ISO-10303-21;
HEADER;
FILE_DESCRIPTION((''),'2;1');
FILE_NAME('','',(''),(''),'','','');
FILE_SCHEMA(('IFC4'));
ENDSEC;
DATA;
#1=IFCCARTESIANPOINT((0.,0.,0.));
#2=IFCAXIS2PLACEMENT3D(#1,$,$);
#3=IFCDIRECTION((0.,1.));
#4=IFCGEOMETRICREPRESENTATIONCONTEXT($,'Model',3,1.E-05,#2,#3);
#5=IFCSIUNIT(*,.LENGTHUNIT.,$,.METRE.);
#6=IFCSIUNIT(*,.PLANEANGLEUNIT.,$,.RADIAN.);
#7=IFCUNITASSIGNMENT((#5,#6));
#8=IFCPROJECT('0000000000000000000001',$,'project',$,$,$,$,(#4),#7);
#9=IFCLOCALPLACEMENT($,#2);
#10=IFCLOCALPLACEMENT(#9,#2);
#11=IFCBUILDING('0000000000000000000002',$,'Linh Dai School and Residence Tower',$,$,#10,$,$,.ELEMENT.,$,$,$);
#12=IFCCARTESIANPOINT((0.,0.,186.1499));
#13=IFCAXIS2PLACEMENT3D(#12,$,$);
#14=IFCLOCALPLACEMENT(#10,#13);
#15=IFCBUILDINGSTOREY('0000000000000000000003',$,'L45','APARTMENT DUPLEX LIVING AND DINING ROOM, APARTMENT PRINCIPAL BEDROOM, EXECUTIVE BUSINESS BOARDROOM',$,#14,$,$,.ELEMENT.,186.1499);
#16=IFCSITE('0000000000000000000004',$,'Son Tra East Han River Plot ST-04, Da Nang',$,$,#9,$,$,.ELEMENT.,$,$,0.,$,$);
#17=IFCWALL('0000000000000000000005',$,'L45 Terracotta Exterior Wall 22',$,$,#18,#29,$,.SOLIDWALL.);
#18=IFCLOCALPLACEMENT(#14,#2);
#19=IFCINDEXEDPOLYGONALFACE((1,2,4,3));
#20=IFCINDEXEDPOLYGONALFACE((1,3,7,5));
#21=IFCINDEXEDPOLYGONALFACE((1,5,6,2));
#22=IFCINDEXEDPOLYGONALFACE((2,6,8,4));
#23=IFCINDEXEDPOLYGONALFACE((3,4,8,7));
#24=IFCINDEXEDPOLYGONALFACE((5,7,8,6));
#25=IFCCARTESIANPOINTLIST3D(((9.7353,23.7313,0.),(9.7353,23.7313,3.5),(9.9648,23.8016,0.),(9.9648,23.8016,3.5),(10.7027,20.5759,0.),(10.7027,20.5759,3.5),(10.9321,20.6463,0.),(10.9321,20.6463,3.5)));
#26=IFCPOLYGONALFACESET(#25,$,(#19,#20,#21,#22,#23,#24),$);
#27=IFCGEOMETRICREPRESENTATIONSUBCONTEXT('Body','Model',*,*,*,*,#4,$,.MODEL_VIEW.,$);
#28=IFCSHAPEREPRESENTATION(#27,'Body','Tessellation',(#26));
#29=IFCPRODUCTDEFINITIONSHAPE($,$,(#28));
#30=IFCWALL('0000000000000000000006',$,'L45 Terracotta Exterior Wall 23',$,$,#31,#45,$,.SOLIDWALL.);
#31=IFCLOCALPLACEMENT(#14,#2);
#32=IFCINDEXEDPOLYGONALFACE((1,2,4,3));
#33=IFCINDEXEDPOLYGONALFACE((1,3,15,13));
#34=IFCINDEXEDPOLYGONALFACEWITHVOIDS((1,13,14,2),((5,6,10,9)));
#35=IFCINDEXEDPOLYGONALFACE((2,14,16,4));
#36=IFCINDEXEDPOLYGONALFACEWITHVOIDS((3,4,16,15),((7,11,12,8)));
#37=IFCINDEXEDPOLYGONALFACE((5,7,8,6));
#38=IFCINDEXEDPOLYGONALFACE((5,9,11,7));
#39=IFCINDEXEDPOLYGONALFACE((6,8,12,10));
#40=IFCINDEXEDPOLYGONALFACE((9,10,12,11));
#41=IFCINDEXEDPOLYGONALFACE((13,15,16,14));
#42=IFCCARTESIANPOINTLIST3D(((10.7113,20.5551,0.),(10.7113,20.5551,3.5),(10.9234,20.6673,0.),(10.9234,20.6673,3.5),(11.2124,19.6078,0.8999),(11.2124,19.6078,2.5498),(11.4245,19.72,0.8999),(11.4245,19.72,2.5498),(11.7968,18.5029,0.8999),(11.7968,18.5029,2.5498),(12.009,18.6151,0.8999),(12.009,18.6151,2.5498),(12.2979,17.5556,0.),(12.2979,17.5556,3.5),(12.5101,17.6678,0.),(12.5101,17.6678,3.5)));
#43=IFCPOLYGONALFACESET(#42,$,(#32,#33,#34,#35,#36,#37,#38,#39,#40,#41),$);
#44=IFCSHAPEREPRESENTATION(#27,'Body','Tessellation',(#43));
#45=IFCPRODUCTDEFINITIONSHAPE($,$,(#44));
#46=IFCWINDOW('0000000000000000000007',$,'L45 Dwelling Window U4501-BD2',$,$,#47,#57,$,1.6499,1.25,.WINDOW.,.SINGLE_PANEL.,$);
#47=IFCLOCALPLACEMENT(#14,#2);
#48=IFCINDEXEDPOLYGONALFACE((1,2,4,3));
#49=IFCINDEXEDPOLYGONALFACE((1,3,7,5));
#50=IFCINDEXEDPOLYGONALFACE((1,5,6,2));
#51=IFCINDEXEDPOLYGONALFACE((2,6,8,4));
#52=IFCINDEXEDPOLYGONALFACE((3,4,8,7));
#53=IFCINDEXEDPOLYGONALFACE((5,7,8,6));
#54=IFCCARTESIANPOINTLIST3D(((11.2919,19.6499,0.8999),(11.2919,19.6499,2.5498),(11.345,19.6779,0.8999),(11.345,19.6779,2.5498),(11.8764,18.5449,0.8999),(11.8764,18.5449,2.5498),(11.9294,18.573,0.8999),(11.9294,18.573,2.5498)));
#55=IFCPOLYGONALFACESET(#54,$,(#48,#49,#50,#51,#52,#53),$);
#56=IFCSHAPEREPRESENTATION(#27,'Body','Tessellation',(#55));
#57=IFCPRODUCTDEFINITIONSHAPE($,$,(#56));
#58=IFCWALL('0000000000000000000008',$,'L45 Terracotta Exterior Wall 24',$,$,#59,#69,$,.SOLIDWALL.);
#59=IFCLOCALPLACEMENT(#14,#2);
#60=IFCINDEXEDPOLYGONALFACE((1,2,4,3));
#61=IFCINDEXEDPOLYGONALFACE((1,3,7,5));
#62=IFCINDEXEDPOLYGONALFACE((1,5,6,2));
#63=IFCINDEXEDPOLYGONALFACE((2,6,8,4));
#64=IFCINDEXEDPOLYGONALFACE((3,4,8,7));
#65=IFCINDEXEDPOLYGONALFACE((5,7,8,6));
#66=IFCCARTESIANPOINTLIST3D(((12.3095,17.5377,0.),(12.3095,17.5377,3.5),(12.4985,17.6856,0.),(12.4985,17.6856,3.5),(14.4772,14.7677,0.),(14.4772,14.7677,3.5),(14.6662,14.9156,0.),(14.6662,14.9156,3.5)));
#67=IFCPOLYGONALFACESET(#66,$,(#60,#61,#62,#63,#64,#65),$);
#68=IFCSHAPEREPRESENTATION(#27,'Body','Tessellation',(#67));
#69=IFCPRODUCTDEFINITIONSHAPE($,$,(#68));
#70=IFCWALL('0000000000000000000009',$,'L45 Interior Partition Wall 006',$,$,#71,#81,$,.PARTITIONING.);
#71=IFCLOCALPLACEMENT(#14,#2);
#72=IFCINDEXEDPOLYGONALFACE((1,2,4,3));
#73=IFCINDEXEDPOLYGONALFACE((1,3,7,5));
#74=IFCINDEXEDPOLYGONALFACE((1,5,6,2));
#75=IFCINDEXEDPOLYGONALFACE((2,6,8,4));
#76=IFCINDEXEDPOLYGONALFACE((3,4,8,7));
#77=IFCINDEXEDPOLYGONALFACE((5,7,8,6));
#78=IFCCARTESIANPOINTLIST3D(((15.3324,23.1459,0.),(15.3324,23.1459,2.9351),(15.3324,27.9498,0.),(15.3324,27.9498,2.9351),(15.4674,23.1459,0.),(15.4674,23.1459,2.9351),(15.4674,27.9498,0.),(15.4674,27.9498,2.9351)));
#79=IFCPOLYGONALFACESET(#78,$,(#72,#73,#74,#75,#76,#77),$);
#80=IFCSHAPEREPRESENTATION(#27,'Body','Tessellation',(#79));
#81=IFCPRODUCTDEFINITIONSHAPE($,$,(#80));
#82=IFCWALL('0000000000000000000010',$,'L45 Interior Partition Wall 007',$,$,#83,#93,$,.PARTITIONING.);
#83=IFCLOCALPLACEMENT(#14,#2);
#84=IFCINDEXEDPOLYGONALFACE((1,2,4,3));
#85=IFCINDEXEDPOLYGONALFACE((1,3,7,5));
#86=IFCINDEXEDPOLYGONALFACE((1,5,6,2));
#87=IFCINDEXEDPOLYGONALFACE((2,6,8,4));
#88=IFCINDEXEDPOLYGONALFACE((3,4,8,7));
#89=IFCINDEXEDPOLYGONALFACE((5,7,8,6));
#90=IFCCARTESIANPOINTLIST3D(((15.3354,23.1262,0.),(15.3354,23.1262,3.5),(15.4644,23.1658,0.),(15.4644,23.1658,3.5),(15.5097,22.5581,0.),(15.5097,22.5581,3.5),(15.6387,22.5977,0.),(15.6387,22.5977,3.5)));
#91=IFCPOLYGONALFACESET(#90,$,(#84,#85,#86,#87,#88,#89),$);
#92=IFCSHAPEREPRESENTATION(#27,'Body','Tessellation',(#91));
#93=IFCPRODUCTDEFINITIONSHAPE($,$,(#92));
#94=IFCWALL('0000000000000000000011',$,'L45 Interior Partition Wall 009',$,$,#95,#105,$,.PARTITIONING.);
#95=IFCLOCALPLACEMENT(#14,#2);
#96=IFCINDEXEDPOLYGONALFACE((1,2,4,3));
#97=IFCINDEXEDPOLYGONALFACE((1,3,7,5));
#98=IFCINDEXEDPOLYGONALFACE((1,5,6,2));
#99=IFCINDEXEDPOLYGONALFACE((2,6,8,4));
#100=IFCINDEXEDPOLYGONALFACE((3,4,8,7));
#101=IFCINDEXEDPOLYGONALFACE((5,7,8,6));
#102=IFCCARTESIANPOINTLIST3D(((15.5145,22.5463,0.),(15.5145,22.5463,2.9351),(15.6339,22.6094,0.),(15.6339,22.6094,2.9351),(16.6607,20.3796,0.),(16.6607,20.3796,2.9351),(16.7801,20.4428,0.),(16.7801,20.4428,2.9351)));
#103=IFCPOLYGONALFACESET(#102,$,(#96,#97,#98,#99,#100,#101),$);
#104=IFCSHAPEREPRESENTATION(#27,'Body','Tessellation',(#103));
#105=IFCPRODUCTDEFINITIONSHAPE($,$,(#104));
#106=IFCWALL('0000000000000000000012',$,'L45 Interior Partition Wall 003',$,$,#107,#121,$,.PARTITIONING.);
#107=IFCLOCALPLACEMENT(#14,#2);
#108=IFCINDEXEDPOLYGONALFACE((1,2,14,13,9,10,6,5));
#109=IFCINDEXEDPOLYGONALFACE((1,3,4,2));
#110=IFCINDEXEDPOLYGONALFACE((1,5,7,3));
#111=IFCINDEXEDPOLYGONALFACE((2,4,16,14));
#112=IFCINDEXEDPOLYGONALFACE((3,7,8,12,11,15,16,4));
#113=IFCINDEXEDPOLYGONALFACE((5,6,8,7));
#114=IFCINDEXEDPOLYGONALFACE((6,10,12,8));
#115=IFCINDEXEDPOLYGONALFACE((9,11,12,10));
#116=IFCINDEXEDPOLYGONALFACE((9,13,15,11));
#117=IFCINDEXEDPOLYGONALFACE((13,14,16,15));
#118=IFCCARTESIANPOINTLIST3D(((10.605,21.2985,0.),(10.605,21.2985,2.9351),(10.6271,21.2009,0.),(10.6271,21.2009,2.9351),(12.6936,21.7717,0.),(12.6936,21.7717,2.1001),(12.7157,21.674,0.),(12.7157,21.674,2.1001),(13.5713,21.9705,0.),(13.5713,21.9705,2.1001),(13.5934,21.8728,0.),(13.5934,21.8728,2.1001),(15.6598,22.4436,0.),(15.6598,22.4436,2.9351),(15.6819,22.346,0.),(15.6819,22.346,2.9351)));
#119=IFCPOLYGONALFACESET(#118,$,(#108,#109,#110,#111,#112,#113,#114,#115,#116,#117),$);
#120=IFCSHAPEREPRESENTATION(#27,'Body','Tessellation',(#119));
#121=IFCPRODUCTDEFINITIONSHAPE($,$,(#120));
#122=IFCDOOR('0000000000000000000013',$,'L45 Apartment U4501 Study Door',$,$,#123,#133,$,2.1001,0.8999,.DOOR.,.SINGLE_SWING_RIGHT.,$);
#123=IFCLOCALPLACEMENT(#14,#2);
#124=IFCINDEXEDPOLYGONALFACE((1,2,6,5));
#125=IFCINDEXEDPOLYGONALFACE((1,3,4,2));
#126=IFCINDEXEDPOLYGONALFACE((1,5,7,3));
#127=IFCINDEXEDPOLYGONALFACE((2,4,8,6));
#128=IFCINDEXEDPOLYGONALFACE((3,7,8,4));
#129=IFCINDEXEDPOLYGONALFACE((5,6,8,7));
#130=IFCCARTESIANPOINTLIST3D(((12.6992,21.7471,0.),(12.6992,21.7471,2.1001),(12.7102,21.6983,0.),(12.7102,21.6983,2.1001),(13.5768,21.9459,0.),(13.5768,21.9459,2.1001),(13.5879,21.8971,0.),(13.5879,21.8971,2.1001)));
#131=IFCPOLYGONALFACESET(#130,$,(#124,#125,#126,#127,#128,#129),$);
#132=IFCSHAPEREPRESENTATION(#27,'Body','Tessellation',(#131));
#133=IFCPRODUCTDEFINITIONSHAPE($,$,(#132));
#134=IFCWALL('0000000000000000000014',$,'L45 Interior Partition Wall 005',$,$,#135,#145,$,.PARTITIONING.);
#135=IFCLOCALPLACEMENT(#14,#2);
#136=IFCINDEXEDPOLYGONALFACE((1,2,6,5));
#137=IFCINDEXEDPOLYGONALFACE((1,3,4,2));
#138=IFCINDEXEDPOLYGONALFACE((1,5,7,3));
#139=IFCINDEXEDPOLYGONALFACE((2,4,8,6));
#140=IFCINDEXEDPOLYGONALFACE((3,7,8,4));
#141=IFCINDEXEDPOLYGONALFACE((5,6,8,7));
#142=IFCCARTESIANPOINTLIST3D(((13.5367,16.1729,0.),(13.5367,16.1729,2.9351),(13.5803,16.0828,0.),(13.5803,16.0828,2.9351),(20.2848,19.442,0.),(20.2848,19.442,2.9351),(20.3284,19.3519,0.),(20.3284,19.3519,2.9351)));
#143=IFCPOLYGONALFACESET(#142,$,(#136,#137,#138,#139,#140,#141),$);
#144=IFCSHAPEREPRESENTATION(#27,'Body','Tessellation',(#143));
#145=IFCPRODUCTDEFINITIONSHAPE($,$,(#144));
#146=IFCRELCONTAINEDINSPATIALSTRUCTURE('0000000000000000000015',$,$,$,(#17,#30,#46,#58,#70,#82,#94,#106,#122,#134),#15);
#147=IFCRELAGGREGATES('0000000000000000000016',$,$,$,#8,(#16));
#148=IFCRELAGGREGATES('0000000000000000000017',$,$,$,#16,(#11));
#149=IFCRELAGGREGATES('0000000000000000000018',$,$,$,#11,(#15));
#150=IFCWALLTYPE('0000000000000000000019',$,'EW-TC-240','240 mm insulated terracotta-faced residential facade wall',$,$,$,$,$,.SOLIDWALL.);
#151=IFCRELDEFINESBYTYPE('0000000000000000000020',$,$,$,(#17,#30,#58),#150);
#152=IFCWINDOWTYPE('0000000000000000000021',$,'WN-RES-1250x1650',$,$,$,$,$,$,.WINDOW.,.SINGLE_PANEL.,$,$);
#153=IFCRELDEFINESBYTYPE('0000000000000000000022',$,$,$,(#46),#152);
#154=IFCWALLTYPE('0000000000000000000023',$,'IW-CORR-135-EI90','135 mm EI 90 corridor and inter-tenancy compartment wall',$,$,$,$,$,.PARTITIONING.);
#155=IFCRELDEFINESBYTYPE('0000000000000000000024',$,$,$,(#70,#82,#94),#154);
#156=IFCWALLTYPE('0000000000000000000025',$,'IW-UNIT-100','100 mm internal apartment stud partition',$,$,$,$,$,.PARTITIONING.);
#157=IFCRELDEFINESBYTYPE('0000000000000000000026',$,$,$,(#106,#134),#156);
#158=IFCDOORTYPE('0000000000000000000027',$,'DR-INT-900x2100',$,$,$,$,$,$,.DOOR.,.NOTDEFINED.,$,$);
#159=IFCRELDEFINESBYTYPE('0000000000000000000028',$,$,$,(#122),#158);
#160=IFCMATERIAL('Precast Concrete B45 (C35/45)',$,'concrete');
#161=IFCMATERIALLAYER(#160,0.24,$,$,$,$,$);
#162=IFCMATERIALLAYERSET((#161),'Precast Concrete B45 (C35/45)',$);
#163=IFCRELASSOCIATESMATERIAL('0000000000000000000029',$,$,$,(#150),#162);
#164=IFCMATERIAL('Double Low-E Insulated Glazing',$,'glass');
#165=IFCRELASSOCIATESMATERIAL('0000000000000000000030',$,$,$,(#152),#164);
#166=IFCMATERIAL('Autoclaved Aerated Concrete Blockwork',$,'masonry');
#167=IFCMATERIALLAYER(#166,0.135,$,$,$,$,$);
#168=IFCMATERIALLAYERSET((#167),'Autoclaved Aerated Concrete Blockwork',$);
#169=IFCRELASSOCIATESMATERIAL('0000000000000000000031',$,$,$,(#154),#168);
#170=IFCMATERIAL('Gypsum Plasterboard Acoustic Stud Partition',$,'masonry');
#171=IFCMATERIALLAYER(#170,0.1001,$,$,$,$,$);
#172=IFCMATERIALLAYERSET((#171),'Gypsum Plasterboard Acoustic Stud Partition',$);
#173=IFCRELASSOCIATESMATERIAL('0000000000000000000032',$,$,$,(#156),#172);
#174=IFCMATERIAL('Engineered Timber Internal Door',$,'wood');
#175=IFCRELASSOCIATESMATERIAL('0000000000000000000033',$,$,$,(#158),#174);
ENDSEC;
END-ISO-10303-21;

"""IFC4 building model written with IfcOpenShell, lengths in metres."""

from ifc_helpers import new_model, si_unit, direction, frame, frame_2d, origin, origin_2d, place, context, subcontext, project, spatial, rectangle, extrude, source, transform, mapped, material, layer, layer_set, type_object, element, fill, save


model = new_model("IFC4")

# Units and contexts
model_context = context("Model", 3, precision=1e-05, world=origin(), true_north=direction((0.0, 1.0)))
body_context = subcontext(model_context, "Body", "Model", "MODEL_VIEW")
ifc_project = project(units=[si_unit("LENGTHUNIT", "METRE"), si_unit("PLANEANGLEUNIT", "RADIAN")], contexts=[model_context])

# Site, building, storey
site_placement = place(None, origin())
site = spatial("IfcSite", under=ifc_project, at=site_placement, Name="Son Tra East Han River Plot ST-04, Da Nang", CompositionType="ELEMENT", RefElevation=0.0)
building_placement = place(site_placement, origin())
building = spatial("IfcBuilding", under=site, at=building_placement, Name="Linh Dai School and Residence Tower", CompositionType="ELEMENT")
storey_placement = place(building_placement, frame((0.0, 0.0, 186.1499)))
storey = spatial("IfcBuildingStorey", under=building, at=storey_placement, Name="L45", Description="APARTMENT DUPLEX LIVING AND DINING ROOM, APARTMENT PRINCIPAL BEDROOM, EXECUTIVE BUSINESS BOARDROOM", CompositionType="ELEMENT", Elevation=186.1499)

# Shared definitions
ifc_material_1 = material(Name="Precast Concrete B45 (C35/45)", Category="concrete")

# Wall
ifc_layer_1 = layer(ifc_material_1, 0.24)
ifc_layer_set_1 = layer_set([ifc_layer_1], Name="Precast Concrete B45 (C35/45)")
wall_type_1 = type_object("IfcWallType", Name="EW-TC-240", Description="240 mm insulated terracotta-faced residential facade wall", PredefinedType="SOLIDWALL", material=ifc_layer_set_1)
wall_1_placement = place(storey_placement, frame((10.8174, 20.6111, 0.0), z_axis=(0.0, 0.0, 1.0), x_axis=(-0.293098, 0.956082, 0.0)))
element("IfcWall", 1, at=wall_1_placement, inside=storey, type_object=wall_type_1, Name="L45 Terracotta Exterior Wall 22", PredefinedType="SOLIDWALL", context=body_context, shape_type="SweptSolid", body=[
    extrude(rectangle(XDim=3.3003, YDim=0.24, at=frame_2d((1.6501, 0.0))), origin(), (0.0, 0.0, 1.0), 3.5),
])

# Wall, opening, window
wall_2_placement = place(storey_placement, frame((12.4041, 17.6116, 0.0), z_axis=(0.0, 0.0, 1.0), x_axis=(-0.467587, 0.883947, 0.0)))
wall_2 = element("IfcWall", 2, at=wall_2_placement, inside=storey, type_object=wall_type_1, Name="L45 Terracotta Exterior Wall 23", PredefinedType="SOLIDWALL", context=body_context, shape_type="SweptSolid", body=[
    extrude(rectangle(XDim=3.3933, YDim=0.24, at=frame_2d((1.6968, 0.0))), origin(), (0.0, 0.0, 1.0), 3.5),
])
opening_1_placement = place(wall_2_placement, frame((1.0718, 0.0, 0.8999)))
opening_1 = element("IfcOpeningElement", 3, at=opening_1_placement, cuts=wall_2, PredefinedType="OPENING", context=body_context, shape_type="SweptSolid", body=[
    extrude(rectangle(XDim=1.25, YDim=1.6499, at=origin_2d()), frame((0.625, 0.1299, 0.825), z_axis=(0.0, -1.0, 0.0), x_axis=(1.0, 0.0, 0.0)), (0.0, 0.0, 1.0), 0.26),
])
ifc_material_2 = material(Name="Double Low-E Insulated Glazing", Category="glass")
window_type = type_object("IfcWindowType", Name="WN-RES-1250x1650", PartitioningType="SINGLE_PANEL", PredefinedType="WINDOW", material=ifc_material_2)
shared_shape_1 = source(origin(), body_context, "Body", "SweptSolid", [
    extrude(rectangle(XDim=1.25, YDim=1.6499, at=origin_2d()), frame((0.625, 0.03, 0.825), z_axis=(0.0, -1.0, 0.0), x_axis=(1.0, 0.0, 0.0)), (0.0, 0.0, 1.0), 0.0601),
])
window_placement = place(opening_1_placement, origin())
window = element("IfcWindow", 4, at=window_placement, inside=storey, type_object=window_type, Name="L45 Dwelling Window U4501-BD2", OverallHeight=1.6499, OverallWidth=1.25, PartitioningType="SINGLE_PANEL", PredefinedType="WINDOW", context=body_context, shape_type="MappedRepresentation", body=[
    mapped(shared_shape_1, transform((0.0, 0.0, 0.0), x_axis=(1.0, 0.0, 0.0), y_axis=(0.0, 1.0, 0.0), z_axis=(0.0, 0.0, 1.0), scale=1.0)),
])
fill(opening_1, window)

# Walls
wall_3_placement = place(storey_placement, frame((14.5718, 14.8416, 0.0), z_axis=(0.0, 0.0, 1.0), x_axis=(-0.616288, 0.787521, 0.0)))
element("IfcWall", 5, at=wall_3_placement, inside=storey, type_object=wall_type_1, Name="L45 Terracotta Exterior Wall 24", PredefinedType="SOLIDWALL", context=body_context, shape_type="SweptSolid", body=[
    extrude(rectangle(XDim=3.5173, YDim=0.24, at=frame_2d((1.7588, 0.0))), origin(), (0.0, 0.0, 1.0), 3.5),
])
ifc_material_3 = material(Name="Autoclaved Aerated Concrete Blockwork", Category="masonry")
ifc_layer_2 = layer(ifc_material_3, 0.135)
ifc_layer_set_2 = layer_set([ifc_layer_2], Name="Autoclaved Aerated Concrete Blockwork")
wall_type_2 = type_object("IfcWallType", Name="IW-CORR-135-EI90", Description="135 mm EI 90 corridor and inter-tenancy compartment wall", PredefinedType="PARTITIONING", material=ifc_layer_set_2)
wall_4_placement = place(storey_placement, frame((15.3999, 23.146, 0.0), z_axis=(0.0, 0.0, 1.0), x_axis=(0.0, 1.0, 0.0)))
element("IfcWall", 6, at=wall_4_placement, inside=storey, type_object=wall_type_2, Name="L45 Interior Partition Wall 006", PredefinedType="PARTITIONING", context=body_context, shape_type="SweptSolid", body=[
    extrude(rectangle(XDim=4.804, YDim=0.135, at=frame_2d((2.4019, 0.0))), origin(), (0.0, 0.0, 1.0), 2.9351),
])
wall_5_placement = place(storey_placement, frame((15.3999, 23.146, 0.0), z_axis=(0.0, 0.0, 1.0), x_axis=(0.293335, -0.95601, 0.0)))
element("IfcWall", 7, at=wall_5_placement, inside=storey, type_object=wall_type_2, Name="L45 Interior Partition Wall 007", PredefinedType="PARTITIONING", context=body_context, shape_type="SweptSolid", body=[
    extrude(rectangle(XDim=0.5942, YDim=0.135, at=frame_2d((0.2971, 0.0))), origin(), (0.0, 0.0, 1.0), 3.5),
])
wall_6_placement = place(storey_placement, frame((15.5742, 22.5779, 0.0), z_axis=(0.0, 0.0, 1.0), x_axis=(0.467613, -0.883933, 0.0)))
element("IfcWall", 8, at=wall_6_placement, inside=storey, type_object=wall_type_2, Name="L45 Interior Partition Wall 009", PredefinedType="PARTITIONING", context=body_context, shape_type="SweptSolid", body=[
    extrude(rectangle(XDim=2.4512, YDim=0.135, at=frame_2d((1.2256, 0.0))), origin(), (0.0, 0.0, 1.0), 2.9351),
])

# Wall, opening, door
ifc_material_4 = material(Name="Gypsum Plasterboard Acoustic Stud Partition", Category="masonry")
ifc_layer_3 = layer(ifc_material_4, 0.1001)
ifc_layer_set_3 = layer_set([ifc_layer_3], Name="Gypsum Plasterboard Acoustic Stud Partition")
wall_type_3 = type_object("IfcWallType", Name="IW-UNIT-100", Description="100 mm internal apartment stud partition", PredefinedType="PARTITIONING", material=ifc_layer_set_3)
wall_7_placement = place(storey_placement, frame((10.6162, 21.2498, 0.0), z_axis=(0.0, 0.0, 1.0), x_axis=(0.97529, 0.220929, 0.0)))
wall_7 = element("IfcWall", 9, at=wall_7_placement, inside=storey, type_object=wall_type_3, Name="L45 Interior Partition Wall 003", PredefinedType="PARTITIONING", context=body_context, shape_type="SweptSolid", body=[
    extrude(rectangle(XDim=5.1829, YDim=0.1001, at=frame_2d((2.5913, 0.0))), origin(), (0.0, 0.0, 1.0), 2.9351),
])
opening_2_placement = place(wall_7_placement, frame((2.1414, 0.0, 0.0)))
opening_2 = element("IfcOpeningElement", 10, at=opening_2_placement, cuts=wall_7, PredefinedType="OPENING", context=body_context, shape_type="SweptSolid", body=[
    extrude(rectangle(XDim=0.8999, YDim=2.1001, at=origin_2d()), frame((0.45, 0.0601, 1.05), z_axis=(0.0, -1.0, 0.0), x_axis=(1.0, 0.0, 0.0)), (0.0, 0.0, 1.0), 0.1201),
])
ifc_material_5 = material(Name="Engineered Timber Internal Door", Category="wood")
door_type = type_object("IfcDoorType", Name="DR-INT-900x2100", OperationType="NOTDEFINED", PredefinedType="DOOR", material=ifc_material_5)
shared_shape_2 = source(origin(), body_context, "Body", "SweptSolid", [
    extrude(rectangle(XDim=0.8999, YDim=2.1001, at=origin_2d()), frame((0.45, 0.0249, 1.05), z_axis=(0.0, -1.0, 0.0), x_axis=(1.0, 0.0, 0.0)), (0.0, 0.0, 1.0), 0.05),
])
door_placement = place(opening_2_placement, origin())
door = element("IfcDoor", 11, at=door_placement, inside=storey, type_object=door_type, Name="L45 Apartment U4501 Study Door", OperationType="SINGLE_SWING_RIGHT", OverallHeight=2.1001, OverallWidth=0.8999, PredefinedType="DOOR", context=body_context, shape_type="MappedRepresentation", body=[
    mapped(shared_shape_2, transform((0.0, 0.0, 0.0), x_axis=(1.0, 0.0, 0.0), y_axis=(0.0, 1.0, 0.0), z_axis=(0.0, 0.0, 1.0), scale=1.0)),
])
fill(opening_2, door)

# Wall
wall_8_placement = place(storey_placement, frame((13.5586, 16.1279, 0.0), z_axis=(0.0, 0.0, 1.0), x_axis=(0.899957, 0.435978, 0.0)))
element("IfcWall", 12, at=wall_8_placement, inside=storey, type_object=wall_type_3, Name="L45 Interior Partition Wall 005", PredefinedType="PARTITIONING", context=body_context, shape_type="SweptSolid", body=[
    extrude(rectangle(XDim=7.4983, YDim=0.1001, at=frame_2d((3.749, 0.0))), origin(), (0.0, 0.0, 1.0), 2.9351),
])

save(model, "model.ifc")
